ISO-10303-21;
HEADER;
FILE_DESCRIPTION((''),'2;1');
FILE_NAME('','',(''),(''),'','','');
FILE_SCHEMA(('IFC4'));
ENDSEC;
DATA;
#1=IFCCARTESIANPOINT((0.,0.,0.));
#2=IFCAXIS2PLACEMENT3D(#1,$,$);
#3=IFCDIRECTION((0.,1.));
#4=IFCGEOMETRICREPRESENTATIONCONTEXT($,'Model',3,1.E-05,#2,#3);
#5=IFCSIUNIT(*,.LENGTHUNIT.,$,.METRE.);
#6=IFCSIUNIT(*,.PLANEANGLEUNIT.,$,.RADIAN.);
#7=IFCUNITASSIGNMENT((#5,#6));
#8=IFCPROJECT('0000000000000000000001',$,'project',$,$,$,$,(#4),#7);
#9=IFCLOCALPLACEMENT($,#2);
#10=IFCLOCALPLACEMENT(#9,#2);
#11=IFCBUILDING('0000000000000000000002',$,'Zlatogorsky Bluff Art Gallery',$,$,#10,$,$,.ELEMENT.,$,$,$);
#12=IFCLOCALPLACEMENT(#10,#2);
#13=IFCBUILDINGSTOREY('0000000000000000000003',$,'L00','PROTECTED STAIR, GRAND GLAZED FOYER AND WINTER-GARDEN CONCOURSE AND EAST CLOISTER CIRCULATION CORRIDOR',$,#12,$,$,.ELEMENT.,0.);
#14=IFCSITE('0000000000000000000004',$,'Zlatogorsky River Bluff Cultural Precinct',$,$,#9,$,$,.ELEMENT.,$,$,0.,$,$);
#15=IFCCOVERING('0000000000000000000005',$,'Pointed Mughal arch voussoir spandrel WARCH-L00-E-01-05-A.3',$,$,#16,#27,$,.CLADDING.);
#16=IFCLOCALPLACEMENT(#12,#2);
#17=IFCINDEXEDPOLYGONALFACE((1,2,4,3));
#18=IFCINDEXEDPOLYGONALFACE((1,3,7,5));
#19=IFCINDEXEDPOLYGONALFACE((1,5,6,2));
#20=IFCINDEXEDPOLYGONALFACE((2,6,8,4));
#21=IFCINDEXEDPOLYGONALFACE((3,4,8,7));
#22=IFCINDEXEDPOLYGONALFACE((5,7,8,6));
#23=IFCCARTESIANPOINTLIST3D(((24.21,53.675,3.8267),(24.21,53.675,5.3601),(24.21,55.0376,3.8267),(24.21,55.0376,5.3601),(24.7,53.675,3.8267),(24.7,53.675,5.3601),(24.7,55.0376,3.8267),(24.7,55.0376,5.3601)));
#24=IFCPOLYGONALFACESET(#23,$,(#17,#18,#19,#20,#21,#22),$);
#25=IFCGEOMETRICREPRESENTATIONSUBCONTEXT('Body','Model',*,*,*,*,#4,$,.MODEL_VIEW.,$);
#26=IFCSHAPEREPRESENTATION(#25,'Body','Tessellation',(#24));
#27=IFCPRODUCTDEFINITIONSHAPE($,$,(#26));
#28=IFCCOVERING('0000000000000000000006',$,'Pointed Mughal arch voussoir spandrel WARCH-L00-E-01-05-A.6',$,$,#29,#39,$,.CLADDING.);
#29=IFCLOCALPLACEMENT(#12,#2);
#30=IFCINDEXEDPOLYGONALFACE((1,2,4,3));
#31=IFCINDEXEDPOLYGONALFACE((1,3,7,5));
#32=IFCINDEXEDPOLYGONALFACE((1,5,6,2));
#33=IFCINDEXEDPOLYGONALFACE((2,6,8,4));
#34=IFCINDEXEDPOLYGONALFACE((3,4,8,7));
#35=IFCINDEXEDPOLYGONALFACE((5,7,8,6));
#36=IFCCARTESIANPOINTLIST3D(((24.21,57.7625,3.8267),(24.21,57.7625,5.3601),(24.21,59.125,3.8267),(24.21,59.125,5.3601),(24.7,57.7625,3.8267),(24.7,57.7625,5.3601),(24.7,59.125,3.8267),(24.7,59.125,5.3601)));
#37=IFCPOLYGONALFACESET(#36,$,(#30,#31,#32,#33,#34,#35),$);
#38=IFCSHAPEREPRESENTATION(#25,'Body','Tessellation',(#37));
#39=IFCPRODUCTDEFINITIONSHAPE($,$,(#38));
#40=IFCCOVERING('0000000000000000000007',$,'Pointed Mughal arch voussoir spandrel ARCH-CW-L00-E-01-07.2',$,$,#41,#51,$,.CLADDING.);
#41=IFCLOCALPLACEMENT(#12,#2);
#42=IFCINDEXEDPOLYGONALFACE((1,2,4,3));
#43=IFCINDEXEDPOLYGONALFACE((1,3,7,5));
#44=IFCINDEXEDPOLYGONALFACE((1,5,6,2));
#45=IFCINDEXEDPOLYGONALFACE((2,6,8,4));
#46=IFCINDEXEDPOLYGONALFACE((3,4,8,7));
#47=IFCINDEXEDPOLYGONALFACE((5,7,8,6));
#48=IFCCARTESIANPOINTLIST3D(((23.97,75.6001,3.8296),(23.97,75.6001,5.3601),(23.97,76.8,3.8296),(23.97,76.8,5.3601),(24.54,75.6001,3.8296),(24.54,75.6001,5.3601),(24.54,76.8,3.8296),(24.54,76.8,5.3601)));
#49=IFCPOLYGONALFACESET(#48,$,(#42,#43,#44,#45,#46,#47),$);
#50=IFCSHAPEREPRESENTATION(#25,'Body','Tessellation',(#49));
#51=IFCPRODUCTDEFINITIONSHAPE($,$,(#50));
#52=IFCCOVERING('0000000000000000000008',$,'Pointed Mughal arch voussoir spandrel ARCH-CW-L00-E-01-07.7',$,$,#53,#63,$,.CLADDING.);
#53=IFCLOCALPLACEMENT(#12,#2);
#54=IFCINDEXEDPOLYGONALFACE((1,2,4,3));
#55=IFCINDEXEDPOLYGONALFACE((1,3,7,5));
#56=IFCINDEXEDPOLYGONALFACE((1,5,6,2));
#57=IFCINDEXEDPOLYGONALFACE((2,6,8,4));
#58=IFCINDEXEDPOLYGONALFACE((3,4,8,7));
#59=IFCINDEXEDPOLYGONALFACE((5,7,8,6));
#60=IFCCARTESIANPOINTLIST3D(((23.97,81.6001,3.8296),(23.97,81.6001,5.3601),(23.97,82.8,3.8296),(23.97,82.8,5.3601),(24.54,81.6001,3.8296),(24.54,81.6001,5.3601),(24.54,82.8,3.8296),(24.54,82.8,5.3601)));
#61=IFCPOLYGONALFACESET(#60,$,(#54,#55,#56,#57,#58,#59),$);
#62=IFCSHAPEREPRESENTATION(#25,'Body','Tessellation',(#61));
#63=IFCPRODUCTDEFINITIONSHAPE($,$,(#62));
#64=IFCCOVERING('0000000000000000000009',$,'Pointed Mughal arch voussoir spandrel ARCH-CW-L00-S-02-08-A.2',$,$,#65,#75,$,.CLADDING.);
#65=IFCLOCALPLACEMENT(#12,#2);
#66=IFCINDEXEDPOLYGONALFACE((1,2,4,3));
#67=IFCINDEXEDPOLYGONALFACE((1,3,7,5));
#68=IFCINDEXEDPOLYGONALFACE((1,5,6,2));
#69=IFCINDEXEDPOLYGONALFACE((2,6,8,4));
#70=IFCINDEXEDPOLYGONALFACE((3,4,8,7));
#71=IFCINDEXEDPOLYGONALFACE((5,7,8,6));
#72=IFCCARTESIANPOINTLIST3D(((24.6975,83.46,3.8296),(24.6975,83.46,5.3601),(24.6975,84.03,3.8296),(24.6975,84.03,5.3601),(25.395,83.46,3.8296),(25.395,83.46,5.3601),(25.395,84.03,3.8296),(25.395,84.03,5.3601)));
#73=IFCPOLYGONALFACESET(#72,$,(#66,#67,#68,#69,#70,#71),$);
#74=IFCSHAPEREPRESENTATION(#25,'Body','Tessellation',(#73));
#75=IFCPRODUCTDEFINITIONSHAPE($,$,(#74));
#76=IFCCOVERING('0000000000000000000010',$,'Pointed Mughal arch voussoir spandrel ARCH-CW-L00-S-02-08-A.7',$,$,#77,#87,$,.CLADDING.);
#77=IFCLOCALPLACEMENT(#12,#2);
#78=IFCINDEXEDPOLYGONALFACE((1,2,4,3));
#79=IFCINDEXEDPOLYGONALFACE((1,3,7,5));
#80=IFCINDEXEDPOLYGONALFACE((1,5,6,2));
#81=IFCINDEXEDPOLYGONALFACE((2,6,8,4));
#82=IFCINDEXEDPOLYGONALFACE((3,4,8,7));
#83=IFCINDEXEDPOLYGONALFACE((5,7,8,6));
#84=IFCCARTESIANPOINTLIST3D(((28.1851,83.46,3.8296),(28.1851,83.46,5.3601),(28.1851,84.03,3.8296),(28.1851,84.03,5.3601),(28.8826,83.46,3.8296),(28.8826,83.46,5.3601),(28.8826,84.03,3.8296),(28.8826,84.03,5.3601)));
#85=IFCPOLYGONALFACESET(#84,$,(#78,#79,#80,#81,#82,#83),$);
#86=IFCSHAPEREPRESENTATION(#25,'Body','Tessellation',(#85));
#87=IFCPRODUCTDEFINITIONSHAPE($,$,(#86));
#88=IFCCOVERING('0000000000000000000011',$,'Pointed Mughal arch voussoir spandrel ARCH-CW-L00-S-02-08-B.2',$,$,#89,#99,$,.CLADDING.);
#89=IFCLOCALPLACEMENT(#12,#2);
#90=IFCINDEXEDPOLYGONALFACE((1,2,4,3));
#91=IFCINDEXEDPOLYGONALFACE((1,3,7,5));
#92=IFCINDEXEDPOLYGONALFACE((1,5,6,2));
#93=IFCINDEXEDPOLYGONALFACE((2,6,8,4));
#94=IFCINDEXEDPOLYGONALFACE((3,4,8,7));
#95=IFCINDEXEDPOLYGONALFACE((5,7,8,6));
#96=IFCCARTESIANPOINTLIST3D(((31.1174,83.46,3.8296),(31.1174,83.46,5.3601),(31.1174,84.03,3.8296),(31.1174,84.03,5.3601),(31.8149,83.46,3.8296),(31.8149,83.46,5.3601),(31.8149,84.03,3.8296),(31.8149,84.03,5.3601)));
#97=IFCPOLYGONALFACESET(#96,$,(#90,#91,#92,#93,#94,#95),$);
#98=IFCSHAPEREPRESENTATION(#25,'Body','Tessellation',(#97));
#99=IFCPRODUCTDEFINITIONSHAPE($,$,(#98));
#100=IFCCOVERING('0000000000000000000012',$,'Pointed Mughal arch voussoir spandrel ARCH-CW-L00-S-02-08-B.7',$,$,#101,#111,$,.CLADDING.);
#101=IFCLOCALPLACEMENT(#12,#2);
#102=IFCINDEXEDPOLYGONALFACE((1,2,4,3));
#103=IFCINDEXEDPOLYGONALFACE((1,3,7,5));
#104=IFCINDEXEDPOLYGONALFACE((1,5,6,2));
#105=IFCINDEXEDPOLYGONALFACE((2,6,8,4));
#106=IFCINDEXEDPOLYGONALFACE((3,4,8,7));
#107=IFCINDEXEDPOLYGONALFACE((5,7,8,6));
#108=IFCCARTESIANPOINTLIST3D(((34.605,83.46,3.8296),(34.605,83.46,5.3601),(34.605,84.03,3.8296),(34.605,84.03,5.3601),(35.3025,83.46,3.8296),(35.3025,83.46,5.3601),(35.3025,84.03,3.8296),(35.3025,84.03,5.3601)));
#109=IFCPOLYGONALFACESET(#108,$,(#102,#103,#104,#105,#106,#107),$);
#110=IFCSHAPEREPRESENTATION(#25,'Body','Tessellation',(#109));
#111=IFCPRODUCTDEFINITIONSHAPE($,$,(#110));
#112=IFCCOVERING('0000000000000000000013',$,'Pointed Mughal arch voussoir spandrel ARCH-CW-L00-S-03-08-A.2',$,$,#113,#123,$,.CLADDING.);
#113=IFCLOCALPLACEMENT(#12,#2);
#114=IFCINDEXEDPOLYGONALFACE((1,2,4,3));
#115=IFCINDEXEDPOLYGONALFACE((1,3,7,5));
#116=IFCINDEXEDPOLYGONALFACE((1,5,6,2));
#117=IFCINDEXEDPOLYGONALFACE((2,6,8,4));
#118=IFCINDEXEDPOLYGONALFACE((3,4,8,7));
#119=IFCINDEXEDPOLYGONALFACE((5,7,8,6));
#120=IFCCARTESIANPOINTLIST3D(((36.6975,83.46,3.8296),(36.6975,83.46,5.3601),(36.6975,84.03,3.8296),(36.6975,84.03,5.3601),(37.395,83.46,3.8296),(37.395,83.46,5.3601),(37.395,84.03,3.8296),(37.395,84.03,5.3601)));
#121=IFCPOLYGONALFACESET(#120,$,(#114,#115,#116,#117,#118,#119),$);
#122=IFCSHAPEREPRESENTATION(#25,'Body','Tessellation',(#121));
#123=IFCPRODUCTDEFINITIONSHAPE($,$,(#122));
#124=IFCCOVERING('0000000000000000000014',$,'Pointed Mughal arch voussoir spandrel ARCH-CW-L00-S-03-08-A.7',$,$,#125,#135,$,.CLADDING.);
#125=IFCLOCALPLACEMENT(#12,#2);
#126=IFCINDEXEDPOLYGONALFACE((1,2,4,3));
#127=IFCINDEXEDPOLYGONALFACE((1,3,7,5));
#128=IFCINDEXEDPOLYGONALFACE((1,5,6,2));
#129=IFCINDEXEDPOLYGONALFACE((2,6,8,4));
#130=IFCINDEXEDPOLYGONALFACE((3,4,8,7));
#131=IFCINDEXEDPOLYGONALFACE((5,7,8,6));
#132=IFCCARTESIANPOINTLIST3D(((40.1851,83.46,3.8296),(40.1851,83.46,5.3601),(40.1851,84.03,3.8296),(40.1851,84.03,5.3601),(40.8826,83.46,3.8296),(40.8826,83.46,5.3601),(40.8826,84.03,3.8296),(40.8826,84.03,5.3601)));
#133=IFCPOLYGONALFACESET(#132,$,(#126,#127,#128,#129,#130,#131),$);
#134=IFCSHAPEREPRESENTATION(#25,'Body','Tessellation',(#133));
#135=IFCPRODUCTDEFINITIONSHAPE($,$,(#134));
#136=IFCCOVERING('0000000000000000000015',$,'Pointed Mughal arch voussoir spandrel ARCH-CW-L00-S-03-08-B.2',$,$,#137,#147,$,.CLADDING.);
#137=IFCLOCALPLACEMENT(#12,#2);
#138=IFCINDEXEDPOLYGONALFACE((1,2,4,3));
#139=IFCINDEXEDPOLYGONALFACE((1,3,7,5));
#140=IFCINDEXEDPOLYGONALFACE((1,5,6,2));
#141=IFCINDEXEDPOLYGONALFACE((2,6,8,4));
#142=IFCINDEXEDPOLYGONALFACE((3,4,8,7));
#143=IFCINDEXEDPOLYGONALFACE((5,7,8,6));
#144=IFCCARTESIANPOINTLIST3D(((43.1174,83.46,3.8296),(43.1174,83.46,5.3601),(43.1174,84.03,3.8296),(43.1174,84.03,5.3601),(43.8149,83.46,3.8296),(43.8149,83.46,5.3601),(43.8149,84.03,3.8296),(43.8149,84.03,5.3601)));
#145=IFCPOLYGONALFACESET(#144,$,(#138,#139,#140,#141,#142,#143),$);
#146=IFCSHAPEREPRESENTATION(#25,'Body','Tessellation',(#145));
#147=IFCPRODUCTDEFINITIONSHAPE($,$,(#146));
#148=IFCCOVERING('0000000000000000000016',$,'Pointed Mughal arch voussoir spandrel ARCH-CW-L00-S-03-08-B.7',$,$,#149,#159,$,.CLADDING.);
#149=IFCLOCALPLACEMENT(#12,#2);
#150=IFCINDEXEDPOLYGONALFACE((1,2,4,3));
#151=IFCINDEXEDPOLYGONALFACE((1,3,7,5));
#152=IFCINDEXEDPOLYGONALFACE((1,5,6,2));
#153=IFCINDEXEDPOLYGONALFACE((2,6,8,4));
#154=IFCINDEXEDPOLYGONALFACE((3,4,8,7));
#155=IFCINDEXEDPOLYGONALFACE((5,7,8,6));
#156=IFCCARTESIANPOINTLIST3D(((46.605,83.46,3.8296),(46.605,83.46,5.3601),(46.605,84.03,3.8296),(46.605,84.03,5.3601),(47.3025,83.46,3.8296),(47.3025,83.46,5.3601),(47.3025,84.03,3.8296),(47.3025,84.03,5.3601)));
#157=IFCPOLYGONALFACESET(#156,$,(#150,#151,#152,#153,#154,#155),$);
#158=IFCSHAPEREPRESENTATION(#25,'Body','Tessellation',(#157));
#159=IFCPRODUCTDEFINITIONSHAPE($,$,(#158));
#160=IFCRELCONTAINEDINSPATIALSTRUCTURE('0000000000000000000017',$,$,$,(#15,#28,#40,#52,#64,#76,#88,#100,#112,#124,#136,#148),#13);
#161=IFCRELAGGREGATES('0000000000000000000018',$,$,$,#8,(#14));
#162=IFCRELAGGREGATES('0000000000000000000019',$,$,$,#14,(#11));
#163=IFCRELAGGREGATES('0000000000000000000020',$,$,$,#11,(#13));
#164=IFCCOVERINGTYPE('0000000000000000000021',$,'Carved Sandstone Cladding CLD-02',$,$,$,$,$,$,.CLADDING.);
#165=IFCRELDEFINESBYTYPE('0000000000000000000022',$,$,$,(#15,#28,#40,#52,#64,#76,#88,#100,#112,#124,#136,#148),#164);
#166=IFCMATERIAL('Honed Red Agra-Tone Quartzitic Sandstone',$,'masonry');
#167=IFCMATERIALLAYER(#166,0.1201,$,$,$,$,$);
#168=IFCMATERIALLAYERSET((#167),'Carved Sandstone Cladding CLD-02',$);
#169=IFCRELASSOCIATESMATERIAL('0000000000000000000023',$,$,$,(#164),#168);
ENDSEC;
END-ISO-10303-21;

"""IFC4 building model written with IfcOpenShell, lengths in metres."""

from ifc_helpers import new_model, si_unit, direction, frame, origin, place, context, subcontext, project, spatial, polyline, outline, extrude, material, layer, layer_set, type_object, element, save


model = new_model("IFC4")

# Units and contexts
model_context = context("Model", 3, precision=1e-05, world=origin(), true_north=direction((0.0, 1.0)))
body_context = subcontext(model_context, "Body", "Model", "MODEL_VIEW")
ifc_project = project(units=[si_unit("LENGTHUNIT", "METRE"), si_unit("PLANEANGLEUNIT", "RADIAN")], contexts=[model_context])

# Site, building, storey
site_placement = place(None, origin())
site = spatial("IfcSite", under=ifc_project, at=site_placement, Name="Zlatogorsky River Bluff Cultural Precinct", CompositionType="ELEMENT", RefElevation=0.0)
building_placement = place(site_placement, origin())
building = spatial("IfcBuilding", under=site, at=building_placement, Name="Zlatogorsky Bluff Art Gallery", CompositionType="ELEMENT")
storey_placement = place(building_placement, origin())
storey = spatial("IfcBuildingStorey", under=building, at=storey_placement, Name="L00", Description="PROTECTED STAIR, GRAND GLAZED FOYER AND WINTER-GARDEN CONCOURSE AND EAST CLOISTER CIRCULATION CORRIDOR", CompositionType="ELEMENT", Elevation=0.0)

# Coverings
ifc_material = material(Name="Honed Red Agra-Tone Quartzitic Sandstone", Category="masonry")
ifc_layer = layer(ifc_material, 0.1201)
ifc_layer_set = layer_set([ifc_layer], Name="Carved Sandstone Cladding CLD-02")
covering_type = type_object("IfcCoveringType", Name="Carved Sandstone Cladding CLD-02", PredefinedType="CLADDING", material=ifc_layer_set)
covering_1_placement = place(storey_placement, frame((0.0, 0.0, 3.8267)))
element("IfcCovering", 1, at=covering_1_placement, inside=storey, type_object=covering_type, Name="Pointed Mughal arch voussoir spandrel WARCH-L00-E-01-05-A.3", PredefinedType="CLADDING", context=body_context, shape_type="SweptSolid", body=[
    extrude(outline(polyline([(24.21, 53.675), (24.21, 55.0376), (24.7, 55.0376), (24.7, 53.675), (24.21, 53.675)])), origin(), (0.0, 0.0, 1.0), 1.5334),
])
covering_2_placement = place(storey_placement, frame((0.0, 0.0, 3.8267)))
element("IfcCovering", 2, at=covering_2_placement, inside=storey, type_object=covering_type, Name="Pointed Mughal arch voussoir spandrel WARCH-L00-E-01-05-A.6", PredefinedType="CLADDING", context=body_context, shape_type="SweptSolid", body=[
    extrude(outline(polyline([(24.21, 57.7625), (24.21, 59.125), (24.7, 59.125), (24.7, 57.7625), (24.21, 57.7625)])), origin(), (0.0, 0.0, 1.0), 1.5334),
])
covering_3_placement = place(storey_placement, frame((0.0, 0.0, 3.8296)))
element("IfcCovering", 3, at=covering_3_placement, inside=storey, type_object=covering_type, Name="Pointed Mughal arch voussoir spandrel ARCH-CW-L00-E-01-07.2", PredefinedType="CLADDING", context=body_context, shape_type="SweptSolid", body=[
    extrude(outline(polyline([(23.97, 75.6001), (23.97, 76.8), (24.54, 76.8), (24.54, 75.6001), (23.97, 75.6001)])), origin(), (0.0, 0.0, 1.0), 1.5305),
])
covering_4_placement = place(storey_placement, frame((0.0, 0.0, 3.8296)))
element("IfcCovering", 4, at=covering_4_placement, inside=storey, type_object=covering_type, Name="Pointed Mughal arch voussoir spandrel ARCH-CW-L00-E-01-07.7", PredefinedType="CLADDING", context=body_context, shape_type="SweptSolid", body=[
    extrude(outline(polyline([(23.97, 81.6001), (23.97, 82.8), (24.54, 82.8), (24.54, 81.6001), (23.97, 81.6001)])), origin(), (0.0, 0.0, 1.0), 1.5305),
])
covering_5_placement = place(storey_placement, frame((0.0, 0.0, 3.8296)))
element("IfcCovering", 5, at=covering_5_placement, inside=storey, type_object=covering_type, Name="Pointed Mughal arch voussoir spandrel ARCH-CW-L00-S-02-08-A.2", PredefinedType="CLADDING", context=body_context, shape_type="SweptSolid", body=[
    extrude(outline(polyline([(24.6975, 83.46), (25.395, 83.46), (25.395, 84.03), (24.6975, 84.03), (24.6975, 83.46)])), origin(), (0.0, 0.0, 1.0), 1.5305),
])
covering_6_placement = place(storey_placement, frame((0.0, 0.0, 3.8296)))
element("IfcCovering", 6, at=covering_6_placement, inside=storey, type_object=covering_type, Name="Pointed Mughal arch voussoir spandrel ARCH-CW-L00-S-02-08-A.7", PredefinedType="CLADDING", context=body_context, shape_type="SweptSolid", body=[
    extrude(outline(polyline([(28.1851, 83.46), (28.8826, 83.46), (28.8826, 84.03), (28.1851, 84.03), (28.1851, 83.46)])), origin(), (0.0, 0.0, 1.0), 1.5305),
])
covering_7_placement = place(storey_placement, frame((0.0, 0.0, 3.8296)))
element("IfcCovering", 7, at=covering_7_placement, inside=storey, type_object=covering_type, Name="Pointed Mughal arch voussoir spandrel ARCH-CW-L00-S-02-08-B.2", PredefinedType="CLADDING", context=body_context, shape_type="SweptSolid", body=[
    extrude(outline(polyline([(31.1174, 83.46), (31.8149, 83.46), (31.8149, 84.03), (31.1174, 84.03), (31.1174, 83.46)])), origin(), (0.0, 0.0, 1.0), 1.5305),
])
covering_8_placement = place(storey_placement, frame((0.0, 0.0, 3.8296)))
element("IfcCovering", 8, at=covering_8_placement, inside=storey, type_object=covering_type, Name="Pointed Mughal arch voussoir spandrel ARCH-CW-L00-S-02-08-B.7", PredefinedType="CLADDING", context=body_context, shape_type="SweptSolid", body=[
    extrude(outline(polyline([(34.605, 83.46), (35.3025, 83.46), (35.3025, 84.03), (34.605, 84.03), (34.605, 83.46)])), origin(), (0.0, 0.0, 1.0), 1.5305),
])
covering_9_placement = place(storey_placement, frame((0.0, 0.0, 3.8296)))
element("IfcCovering", 9, at=covering_9_placement, inside=storey, type_object=covering_type, Name="Pointed Mughal arch voussoir spandrel ARCH-CW-L00-S-03-08-A.2", PredefinedType="CLADDING", context=body_context, shape_type="SweptSolid", body=[
    extrude(outline(polyline([(36.6975, 83.46), (37.395, 83.46), (37.395, 84.03), (36.6975, 84.03), (36.6975, 83.46)])), origin(), (0.0, 0.0, 1.0), 1.5305),
])
covering_10_placement = place(storey_placement, frame((0.0, 0.0, 3.8296)))
element("IfcCovering", 10, at=covering_10_placement, inside=storey, type_object=covering_type, Name="Pointed Mughal arch voussoir spandrel ARCH-CW-L00-S-03-08-A.7", PredefinedType="CLADDING", context=body_context, shape_type="SweptSolid", body=[
    extrude(outline(polyline([(40.1851, 83.46), (40.8826, 83.46), (40.8826, 84.03), (40.1851, 84.03), (40.1851, 83.46)])), origin(), (0.0, 0.0, 1.0), 1.5305),
])
covering_11_placement = place(storey_placement, frame((0.0, 0.0, 3.8296)))
element("IfcCovering", 11, at=covering_11_placement, inside=storey, type_object=covering_type, Name="Pointed Mughal arch voussoir spandrel ARCH-CW-L00-S-03-08-B.2", PredefinedType="CLADDING", context=body_context, shape_type="SweptSolid", body=[
    extrude(outline(polyline([(43.1174, 83.46), (43.8149, 83.46), (43.8149, 84.03), (43.1174, 84.03), (43.1174, 83.46)])), origin(), (0.0, 0.0, 1.0), 1.5305),
])
covering_12_placement = place(storey_placement, frame((0.0, 0.0, 3.8296)))
element("IfcCovering", 12, at=covering_12_placement, inside=storey, type_object=covering_type, Name="Pointed Mughal arch voussoir spandrel ARCH-CW-L00-S-03-08-B.7", PredefinedType="CLADDING", context=body_context, shape_type="SweptSolid", body=[
    extrude(outline(polyline([(46.605, 83.46), (47.3025, 83.46), (47.3025, 84.03), (46.605, 84.03), (46.605, 83.46)])), origin(), (0.0, 0.0, 1.0), 1.5305),
])

save(model, "model.ifc")
